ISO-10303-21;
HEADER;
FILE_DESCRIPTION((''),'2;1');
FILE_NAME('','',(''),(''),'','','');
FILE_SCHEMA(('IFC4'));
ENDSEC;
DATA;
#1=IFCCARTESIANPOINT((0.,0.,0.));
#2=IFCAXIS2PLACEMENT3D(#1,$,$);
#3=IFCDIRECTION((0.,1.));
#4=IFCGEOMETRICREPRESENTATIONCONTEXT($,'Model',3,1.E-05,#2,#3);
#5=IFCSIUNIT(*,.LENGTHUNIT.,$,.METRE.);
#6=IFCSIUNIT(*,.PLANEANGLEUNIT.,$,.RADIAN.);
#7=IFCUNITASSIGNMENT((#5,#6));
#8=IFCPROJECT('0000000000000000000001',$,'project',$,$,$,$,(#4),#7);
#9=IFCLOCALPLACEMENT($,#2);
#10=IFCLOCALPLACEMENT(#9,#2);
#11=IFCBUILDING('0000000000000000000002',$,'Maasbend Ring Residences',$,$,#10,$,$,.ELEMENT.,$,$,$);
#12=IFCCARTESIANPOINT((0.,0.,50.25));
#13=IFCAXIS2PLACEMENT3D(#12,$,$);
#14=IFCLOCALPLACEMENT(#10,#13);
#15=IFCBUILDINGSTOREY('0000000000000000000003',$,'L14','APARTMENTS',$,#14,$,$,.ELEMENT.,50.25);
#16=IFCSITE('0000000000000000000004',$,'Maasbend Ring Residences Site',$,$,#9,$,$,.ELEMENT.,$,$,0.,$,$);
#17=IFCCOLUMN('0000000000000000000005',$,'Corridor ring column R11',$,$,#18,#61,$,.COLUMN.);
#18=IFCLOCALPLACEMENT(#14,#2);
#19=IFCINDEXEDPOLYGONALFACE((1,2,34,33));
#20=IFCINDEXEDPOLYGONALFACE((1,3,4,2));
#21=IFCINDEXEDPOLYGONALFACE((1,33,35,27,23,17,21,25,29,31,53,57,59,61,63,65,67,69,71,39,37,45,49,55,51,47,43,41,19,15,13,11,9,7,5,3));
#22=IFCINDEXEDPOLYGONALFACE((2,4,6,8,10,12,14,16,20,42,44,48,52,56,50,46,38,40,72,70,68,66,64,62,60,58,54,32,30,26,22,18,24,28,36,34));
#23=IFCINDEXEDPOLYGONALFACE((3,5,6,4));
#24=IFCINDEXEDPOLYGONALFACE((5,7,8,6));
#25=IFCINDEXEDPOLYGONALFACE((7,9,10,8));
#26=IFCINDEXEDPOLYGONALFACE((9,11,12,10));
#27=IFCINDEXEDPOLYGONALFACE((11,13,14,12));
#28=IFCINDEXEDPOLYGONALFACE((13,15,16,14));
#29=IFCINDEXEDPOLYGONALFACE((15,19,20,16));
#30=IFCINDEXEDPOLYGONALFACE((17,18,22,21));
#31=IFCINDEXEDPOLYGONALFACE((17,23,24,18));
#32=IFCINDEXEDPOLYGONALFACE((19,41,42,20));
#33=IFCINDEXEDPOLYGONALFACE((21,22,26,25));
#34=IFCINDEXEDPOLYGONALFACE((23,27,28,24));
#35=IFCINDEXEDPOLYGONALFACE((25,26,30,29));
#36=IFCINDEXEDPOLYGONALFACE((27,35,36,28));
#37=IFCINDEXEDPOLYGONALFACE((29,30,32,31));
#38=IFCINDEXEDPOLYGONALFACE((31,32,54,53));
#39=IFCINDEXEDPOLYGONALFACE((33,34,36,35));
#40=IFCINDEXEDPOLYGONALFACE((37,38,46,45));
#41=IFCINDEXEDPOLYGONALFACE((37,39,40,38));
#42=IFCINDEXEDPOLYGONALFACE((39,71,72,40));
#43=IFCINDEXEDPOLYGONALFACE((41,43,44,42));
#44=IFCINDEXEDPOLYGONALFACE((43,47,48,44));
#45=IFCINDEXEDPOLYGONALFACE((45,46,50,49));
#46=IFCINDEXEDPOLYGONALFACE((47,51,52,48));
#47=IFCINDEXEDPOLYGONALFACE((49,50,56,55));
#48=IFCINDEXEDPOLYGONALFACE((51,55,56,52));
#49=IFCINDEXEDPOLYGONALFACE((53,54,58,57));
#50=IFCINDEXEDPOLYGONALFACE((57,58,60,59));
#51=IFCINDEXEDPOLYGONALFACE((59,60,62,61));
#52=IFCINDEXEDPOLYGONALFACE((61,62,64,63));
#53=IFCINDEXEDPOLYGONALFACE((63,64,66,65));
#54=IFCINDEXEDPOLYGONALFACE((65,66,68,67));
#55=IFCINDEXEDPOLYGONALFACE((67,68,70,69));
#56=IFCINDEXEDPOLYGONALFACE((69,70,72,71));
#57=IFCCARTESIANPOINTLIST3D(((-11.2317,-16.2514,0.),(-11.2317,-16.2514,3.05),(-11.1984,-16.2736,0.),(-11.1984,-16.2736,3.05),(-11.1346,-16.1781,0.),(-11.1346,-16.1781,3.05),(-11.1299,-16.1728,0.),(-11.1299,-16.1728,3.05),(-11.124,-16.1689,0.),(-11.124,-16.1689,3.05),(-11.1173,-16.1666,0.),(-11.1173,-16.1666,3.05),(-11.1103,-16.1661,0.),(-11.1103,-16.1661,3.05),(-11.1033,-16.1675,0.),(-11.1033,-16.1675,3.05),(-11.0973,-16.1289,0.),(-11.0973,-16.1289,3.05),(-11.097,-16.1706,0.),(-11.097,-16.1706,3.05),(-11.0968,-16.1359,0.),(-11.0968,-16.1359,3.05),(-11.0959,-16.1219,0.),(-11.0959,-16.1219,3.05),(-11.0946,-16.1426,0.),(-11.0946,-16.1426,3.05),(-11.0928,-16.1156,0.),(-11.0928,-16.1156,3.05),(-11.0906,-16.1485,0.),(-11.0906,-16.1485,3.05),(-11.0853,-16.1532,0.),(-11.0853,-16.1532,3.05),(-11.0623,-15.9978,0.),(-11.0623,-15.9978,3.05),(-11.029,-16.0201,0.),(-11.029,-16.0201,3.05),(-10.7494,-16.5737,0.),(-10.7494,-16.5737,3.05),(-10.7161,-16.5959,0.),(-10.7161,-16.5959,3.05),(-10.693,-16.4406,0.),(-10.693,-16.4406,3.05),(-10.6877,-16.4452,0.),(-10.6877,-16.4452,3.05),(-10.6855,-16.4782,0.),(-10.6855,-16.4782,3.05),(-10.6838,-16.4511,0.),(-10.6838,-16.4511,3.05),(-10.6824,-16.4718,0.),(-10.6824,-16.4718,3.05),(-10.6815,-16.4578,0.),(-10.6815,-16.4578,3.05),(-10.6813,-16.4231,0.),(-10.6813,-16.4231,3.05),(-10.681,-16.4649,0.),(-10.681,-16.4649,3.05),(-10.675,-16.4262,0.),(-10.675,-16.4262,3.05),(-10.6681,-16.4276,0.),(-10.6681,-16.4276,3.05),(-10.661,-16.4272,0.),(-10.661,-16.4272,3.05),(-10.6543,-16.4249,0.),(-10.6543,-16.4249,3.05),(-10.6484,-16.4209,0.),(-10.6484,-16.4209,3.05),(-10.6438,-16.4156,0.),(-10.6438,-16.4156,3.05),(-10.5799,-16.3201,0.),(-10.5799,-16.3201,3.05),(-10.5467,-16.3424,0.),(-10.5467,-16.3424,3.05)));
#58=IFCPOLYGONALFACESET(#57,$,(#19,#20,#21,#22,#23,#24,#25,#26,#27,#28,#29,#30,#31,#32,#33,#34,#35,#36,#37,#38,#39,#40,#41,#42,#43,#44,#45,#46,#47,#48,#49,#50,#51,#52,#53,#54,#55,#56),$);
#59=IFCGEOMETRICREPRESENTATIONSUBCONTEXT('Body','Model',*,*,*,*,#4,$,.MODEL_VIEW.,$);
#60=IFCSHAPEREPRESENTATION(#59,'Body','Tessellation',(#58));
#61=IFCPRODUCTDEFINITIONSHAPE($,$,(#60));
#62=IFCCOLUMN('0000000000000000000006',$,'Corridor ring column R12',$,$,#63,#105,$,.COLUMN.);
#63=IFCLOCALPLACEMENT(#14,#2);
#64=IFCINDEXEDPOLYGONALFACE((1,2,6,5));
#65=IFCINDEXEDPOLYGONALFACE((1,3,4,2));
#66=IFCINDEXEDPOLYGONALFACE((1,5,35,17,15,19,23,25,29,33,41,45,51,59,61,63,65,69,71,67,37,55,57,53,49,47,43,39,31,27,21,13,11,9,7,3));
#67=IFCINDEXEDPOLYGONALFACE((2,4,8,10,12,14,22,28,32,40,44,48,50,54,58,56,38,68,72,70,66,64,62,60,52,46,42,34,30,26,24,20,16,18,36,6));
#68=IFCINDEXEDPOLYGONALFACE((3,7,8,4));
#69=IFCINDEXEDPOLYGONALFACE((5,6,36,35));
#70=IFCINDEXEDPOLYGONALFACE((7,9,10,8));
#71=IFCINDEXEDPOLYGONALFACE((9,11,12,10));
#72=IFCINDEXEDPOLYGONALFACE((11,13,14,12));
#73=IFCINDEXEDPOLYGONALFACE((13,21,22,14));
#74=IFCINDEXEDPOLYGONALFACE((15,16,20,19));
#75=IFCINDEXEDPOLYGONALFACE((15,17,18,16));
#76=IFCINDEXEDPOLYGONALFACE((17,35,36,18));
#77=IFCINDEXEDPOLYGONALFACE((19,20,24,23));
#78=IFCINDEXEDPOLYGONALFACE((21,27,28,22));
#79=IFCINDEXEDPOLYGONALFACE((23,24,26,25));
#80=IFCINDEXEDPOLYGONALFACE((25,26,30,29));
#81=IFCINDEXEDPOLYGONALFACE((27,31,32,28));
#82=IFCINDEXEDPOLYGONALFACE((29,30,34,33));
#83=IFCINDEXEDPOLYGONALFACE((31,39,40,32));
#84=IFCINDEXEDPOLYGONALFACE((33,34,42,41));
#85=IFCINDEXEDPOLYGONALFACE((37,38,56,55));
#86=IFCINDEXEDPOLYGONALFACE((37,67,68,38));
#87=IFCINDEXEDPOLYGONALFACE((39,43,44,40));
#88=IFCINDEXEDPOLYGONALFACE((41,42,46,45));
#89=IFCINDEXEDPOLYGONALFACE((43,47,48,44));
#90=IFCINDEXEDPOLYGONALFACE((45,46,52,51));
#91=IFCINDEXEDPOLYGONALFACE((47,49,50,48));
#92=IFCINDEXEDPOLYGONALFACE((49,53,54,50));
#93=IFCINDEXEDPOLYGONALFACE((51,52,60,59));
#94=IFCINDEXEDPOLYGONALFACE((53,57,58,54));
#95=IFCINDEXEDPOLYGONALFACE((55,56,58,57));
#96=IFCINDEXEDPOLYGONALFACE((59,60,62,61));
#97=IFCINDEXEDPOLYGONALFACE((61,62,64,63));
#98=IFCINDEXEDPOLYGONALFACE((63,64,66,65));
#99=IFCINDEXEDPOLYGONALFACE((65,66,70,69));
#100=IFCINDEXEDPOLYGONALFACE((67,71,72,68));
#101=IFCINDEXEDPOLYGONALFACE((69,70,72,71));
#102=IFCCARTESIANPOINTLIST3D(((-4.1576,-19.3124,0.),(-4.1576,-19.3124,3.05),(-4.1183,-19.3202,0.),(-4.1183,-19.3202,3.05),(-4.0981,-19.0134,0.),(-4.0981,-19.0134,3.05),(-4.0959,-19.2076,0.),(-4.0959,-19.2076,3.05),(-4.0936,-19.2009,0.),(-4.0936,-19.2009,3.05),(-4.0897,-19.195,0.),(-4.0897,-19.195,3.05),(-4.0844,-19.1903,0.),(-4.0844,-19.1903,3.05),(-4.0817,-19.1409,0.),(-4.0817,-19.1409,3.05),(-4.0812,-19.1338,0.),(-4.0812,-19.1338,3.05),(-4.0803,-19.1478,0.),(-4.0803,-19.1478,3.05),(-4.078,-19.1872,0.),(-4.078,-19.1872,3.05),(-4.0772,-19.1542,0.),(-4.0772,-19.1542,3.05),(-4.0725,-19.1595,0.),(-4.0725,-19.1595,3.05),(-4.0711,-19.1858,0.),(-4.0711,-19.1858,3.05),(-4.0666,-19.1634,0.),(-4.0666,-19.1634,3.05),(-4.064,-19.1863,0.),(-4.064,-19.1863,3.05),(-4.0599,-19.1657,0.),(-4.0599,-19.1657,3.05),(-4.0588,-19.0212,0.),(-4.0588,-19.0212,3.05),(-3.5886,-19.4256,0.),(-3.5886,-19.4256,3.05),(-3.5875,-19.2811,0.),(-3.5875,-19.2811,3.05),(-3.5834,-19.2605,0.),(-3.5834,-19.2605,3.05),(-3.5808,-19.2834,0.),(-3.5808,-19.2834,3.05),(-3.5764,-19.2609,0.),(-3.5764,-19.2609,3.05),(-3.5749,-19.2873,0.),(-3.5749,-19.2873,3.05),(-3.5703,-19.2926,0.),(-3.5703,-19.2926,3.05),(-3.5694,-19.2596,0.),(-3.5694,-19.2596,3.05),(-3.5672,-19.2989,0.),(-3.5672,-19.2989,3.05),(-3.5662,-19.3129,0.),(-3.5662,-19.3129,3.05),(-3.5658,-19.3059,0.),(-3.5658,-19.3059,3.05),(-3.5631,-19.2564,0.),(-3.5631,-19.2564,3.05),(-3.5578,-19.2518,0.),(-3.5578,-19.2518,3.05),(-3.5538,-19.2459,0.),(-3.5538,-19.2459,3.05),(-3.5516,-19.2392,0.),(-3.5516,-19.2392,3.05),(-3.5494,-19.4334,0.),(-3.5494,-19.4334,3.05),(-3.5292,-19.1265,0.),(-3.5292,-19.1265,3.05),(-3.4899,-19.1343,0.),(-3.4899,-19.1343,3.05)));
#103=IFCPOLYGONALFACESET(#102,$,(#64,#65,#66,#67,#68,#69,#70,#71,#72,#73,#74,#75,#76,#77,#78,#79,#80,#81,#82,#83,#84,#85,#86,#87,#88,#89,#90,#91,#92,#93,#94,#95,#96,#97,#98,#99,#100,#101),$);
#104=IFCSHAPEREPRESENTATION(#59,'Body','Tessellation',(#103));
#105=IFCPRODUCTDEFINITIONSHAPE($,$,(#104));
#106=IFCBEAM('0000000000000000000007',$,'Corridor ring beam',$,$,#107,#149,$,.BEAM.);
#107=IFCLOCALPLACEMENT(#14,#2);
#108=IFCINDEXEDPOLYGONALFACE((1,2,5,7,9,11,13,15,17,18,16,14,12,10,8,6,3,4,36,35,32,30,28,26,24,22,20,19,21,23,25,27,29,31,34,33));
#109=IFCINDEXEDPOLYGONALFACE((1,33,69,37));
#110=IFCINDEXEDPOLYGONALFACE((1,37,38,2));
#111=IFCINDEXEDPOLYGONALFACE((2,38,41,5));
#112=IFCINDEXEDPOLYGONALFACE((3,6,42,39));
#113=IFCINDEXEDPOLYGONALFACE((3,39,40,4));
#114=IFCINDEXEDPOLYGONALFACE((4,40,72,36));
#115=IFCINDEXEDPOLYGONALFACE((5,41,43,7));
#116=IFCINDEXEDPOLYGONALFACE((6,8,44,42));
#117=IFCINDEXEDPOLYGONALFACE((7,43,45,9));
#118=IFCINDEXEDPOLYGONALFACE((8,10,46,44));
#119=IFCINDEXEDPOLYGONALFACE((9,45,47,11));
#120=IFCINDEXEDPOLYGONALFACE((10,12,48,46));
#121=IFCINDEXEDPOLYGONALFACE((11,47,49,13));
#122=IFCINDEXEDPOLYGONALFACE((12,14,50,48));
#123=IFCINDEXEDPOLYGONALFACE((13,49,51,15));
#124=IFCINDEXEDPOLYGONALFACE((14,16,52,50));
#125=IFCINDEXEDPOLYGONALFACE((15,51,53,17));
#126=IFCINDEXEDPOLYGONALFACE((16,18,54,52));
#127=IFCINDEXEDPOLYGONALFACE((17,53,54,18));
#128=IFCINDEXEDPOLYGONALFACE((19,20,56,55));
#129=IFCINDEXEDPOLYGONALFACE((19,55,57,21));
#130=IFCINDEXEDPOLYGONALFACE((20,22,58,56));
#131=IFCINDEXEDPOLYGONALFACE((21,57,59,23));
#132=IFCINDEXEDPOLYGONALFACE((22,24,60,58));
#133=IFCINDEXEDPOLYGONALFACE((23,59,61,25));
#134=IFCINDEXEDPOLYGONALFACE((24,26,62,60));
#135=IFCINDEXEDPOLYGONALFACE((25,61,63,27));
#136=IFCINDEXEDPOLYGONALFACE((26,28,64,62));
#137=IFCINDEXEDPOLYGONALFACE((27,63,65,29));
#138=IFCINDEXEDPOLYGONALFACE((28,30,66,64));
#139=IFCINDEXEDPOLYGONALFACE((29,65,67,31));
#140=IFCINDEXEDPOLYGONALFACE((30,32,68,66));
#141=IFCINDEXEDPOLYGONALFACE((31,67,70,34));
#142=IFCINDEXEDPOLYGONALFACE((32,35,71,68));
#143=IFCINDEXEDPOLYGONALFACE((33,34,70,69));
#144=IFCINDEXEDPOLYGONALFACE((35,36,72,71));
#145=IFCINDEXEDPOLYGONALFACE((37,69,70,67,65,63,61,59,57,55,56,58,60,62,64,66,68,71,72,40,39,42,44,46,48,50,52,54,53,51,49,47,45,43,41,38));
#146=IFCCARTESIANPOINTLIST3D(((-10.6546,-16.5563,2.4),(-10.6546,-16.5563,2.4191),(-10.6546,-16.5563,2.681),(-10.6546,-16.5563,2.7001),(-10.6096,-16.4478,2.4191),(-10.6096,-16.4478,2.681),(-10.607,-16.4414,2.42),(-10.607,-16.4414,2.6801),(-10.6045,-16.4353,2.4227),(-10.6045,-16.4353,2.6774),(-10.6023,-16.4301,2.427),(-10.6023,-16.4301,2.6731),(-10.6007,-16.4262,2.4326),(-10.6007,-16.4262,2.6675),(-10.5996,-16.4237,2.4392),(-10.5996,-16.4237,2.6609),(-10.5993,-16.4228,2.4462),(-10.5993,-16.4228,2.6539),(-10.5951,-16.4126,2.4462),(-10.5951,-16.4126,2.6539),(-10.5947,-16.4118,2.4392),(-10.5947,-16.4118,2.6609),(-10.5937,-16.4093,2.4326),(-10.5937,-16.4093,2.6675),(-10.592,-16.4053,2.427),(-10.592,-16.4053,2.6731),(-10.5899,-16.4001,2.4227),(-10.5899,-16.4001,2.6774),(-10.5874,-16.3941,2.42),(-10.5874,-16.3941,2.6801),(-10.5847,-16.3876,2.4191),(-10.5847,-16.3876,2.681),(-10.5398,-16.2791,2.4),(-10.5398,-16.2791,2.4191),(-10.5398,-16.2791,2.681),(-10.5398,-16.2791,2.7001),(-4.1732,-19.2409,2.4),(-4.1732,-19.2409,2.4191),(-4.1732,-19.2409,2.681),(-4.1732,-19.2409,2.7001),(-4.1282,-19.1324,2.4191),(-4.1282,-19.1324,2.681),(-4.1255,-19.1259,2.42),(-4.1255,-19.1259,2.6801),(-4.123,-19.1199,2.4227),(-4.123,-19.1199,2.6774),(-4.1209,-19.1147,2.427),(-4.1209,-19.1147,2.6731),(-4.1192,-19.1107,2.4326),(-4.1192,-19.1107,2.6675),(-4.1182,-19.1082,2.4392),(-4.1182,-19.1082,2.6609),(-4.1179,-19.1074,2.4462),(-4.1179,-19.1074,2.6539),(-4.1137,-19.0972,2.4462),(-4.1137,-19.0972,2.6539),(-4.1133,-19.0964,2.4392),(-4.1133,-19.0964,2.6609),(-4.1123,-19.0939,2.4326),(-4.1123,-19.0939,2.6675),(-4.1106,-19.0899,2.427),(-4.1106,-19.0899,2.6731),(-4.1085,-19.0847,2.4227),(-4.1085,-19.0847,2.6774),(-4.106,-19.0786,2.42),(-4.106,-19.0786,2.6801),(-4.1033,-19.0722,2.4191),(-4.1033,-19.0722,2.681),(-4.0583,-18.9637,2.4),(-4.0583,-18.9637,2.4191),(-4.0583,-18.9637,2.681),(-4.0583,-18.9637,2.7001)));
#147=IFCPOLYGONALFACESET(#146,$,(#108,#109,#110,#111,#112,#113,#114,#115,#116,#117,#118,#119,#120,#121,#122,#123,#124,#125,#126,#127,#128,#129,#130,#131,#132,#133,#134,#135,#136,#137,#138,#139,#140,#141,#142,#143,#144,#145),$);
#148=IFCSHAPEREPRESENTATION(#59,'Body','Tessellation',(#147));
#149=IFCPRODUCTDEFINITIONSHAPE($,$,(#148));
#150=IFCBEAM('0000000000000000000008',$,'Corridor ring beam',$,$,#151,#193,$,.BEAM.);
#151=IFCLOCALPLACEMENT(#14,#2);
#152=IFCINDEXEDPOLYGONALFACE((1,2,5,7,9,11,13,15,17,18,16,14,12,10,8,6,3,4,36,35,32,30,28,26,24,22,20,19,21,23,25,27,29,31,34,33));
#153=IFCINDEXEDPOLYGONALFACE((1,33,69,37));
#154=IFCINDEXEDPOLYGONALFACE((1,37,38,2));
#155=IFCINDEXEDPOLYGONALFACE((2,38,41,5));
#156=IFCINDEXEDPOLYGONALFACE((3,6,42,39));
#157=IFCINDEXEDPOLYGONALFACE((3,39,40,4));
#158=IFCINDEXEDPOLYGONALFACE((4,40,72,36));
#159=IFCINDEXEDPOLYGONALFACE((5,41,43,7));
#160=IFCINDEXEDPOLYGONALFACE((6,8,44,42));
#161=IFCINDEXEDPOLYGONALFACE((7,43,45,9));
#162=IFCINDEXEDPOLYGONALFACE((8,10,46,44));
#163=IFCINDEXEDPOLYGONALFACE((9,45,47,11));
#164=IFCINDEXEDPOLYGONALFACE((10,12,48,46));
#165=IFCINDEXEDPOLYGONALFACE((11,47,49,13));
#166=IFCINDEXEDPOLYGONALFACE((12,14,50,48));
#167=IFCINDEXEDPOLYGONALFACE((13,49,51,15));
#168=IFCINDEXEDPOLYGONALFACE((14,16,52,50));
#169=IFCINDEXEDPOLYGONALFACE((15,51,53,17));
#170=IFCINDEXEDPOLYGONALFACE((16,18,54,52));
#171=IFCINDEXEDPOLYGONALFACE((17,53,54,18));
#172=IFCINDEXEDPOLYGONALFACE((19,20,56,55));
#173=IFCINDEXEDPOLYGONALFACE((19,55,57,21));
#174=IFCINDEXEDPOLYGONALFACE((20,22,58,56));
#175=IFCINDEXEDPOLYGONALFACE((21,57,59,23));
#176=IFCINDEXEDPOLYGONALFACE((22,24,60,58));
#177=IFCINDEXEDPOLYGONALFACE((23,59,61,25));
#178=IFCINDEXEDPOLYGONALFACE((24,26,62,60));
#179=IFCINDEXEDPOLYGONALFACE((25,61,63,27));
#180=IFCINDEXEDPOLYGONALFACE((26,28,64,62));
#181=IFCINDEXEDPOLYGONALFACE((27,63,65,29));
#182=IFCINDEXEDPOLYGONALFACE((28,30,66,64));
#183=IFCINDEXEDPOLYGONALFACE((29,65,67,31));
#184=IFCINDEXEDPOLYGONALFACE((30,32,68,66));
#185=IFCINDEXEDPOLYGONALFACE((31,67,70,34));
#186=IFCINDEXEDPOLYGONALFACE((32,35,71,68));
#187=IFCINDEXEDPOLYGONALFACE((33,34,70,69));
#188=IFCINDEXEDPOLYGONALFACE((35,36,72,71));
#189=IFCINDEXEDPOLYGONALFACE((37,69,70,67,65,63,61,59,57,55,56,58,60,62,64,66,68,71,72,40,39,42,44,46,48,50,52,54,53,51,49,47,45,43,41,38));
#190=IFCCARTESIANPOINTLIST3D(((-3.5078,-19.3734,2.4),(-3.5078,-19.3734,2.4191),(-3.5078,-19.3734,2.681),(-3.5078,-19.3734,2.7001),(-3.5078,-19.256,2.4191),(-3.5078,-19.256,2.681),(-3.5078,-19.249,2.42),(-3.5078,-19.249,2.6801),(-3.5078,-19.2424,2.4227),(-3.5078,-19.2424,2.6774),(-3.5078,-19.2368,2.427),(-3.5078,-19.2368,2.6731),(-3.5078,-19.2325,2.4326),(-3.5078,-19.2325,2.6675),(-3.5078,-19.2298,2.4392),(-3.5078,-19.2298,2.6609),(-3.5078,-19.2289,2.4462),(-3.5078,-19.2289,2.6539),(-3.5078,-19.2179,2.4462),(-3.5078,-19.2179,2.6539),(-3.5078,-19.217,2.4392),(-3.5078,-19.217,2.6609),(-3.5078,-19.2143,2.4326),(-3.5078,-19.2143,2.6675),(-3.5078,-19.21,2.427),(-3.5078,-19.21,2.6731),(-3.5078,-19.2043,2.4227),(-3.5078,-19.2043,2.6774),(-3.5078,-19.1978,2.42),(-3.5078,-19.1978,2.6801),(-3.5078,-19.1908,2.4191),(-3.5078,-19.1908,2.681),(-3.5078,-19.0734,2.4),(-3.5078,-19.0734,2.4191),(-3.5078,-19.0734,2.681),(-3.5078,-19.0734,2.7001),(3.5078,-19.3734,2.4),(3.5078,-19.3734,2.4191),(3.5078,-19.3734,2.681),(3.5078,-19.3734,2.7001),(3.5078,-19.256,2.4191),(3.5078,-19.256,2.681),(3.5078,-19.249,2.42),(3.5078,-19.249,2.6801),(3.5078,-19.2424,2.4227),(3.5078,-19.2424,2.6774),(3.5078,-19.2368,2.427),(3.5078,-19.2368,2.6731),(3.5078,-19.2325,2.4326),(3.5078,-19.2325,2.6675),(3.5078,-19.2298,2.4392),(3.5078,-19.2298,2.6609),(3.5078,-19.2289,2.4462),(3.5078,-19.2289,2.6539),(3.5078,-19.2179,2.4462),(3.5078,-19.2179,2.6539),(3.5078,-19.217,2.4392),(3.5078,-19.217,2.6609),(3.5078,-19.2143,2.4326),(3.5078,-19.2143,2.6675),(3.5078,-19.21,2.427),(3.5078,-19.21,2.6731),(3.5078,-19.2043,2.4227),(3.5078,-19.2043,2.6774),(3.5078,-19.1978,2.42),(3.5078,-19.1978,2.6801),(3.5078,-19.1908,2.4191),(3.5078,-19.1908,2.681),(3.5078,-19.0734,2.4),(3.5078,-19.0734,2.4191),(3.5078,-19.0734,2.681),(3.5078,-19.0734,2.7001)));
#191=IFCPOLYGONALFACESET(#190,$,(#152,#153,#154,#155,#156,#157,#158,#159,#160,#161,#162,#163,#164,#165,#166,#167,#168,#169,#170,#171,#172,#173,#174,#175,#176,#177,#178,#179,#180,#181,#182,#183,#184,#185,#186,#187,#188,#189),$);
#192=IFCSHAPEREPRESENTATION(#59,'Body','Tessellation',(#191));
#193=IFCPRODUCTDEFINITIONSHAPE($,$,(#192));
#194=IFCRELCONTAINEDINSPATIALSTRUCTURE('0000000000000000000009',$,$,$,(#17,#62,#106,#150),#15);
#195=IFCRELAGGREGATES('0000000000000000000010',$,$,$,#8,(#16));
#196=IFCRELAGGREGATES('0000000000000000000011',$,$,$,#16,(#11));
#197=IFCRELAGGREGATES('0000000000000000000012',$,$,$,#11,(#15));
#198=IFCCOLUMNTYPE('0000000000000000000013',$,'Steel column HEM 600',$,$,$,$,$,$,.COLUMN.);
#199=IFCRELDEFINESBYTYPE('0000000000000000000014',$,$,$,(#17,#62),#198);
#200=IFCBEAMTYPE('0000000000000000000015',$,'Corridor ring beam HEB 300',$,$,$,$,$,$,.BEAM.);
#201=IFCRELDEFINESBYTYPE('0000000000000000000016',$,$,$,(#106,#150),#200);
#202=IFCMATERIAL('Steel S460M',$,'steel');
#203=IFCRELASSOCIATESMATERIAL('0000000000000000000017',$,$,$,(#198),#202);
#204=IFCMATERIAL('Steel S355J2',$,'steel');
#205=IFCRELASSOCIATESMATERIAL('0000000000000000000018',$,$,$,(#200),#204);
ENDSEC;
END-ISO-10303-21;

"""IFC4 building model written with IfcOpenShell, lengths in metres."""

from ifc_helpers import new_model, si_unit, direction, frame, origin, origin_2d, place, context, subcontext, project, spatial, i_section, extrude, material, material_profile, profile_set, type_object, element, save


model = new_model("IFC4")

# Units and contexts
model_context = context("Model", 3, precision=1e-05, world=origin(), true_north=direction((0.0, 1.0)))
body_context = subcontext(model_context, "Body", "Model", "MODEL_VIEW")
ifc_project = project(units=[si_unit("LENGTHUNIT", "METRE"), si_unit("PLANEANGLEUNIT", "RADIAN")], contexts=[model_context])

# Site, building, storey
site_placement = place(None, origin())
site = spatial("IfcSite", under=ifc_project, at=site_placement, Name="Maasbend Ring Residences Site", CompositionType="ELEMENT", RefElevation=0.0)
building_placement = place(site_placement, origin())
building = spatial("IfcBuilding", under=site, at=building_placement, Name="Maasbend Ring Residences", CompositionType="ELEMENT")
storey_placement = place(building_placement, frame((0.0, 0.0, 50.25)))
storey = spatial("IfcBuildingStorey", under=building, at=storey_placement, Name="L14", Description="APARTMENTS", CompositionType="ELEMENT", Elevation=50.25)

# Columns
ifc_material_1 = material(Name="Steel S460M", Category="steel")
ifc_material_profile_1 = material_profile(ifc_material_1, i_section(OverallWidth=0.3049, OverallDepth=0.6201, WebThickness=0.021, FlangeThickness=0.04, FilletRadius=0.0271, at=origin_2d()), Name="HEM 600")
ifc_profile_set_1 = profile_set([ifc_material_profile_1], Name="Steel S460M")
column_type = type_object("IfcColumnType", Name="Steel column HEM 600", PredefinedType="COLUMN", material=ifc_profile_set_1)
for number, where, z_axis, x_axis, name in (
    (1, (-10.8892, -16.2969, 0.0), (0.0, 0.0, 1.0), (-0.55557, -0.83147, 0.0), "Corridor ring column R11"),
    (2, (-3.8237, -19.2234, 0.0), (0.0, 0.0, 1.0), (-0.19509, -0.980785, 0.0), "Corridor ring column R12"),
):
    element("IfcColumn", number, at=place(storey_placement, frame(where, z_axis=z_axis, x_axis=x_axis)), inside=storey, type_object=column_type, Name=name, PredefinedType="COLUMN", context=body_context, shape_type="SweptSolid", body=[
        extrude(i_section(OverallWidth=0.3049, OverallDepth=0.6201, WebThickness=0.021, FlangeThickness=0.04, FilletRadius=0.0271, at=origin_2d()), origin(), (0.0, 0.0, 1.0), 3.05),
    ])

# Beams
ifc_material_2 = material(Name="Steel S355J2", Category="steel")
ifc_material_profile_2 = material_profile(ifc_material_2, i_section(OverallWidth=0.3, OverallDepth=0.3, WebThickness=0.011, FlangeThickness=0.019, FilletRadius=0.0271, at=origin_2d()), Name="HEB 300")
ifc_profile_set_2 = profile_set([ifc_material_profile_2], Name="Steel S355J2")
beam_type = type_object("IfcBeamType", Name="Corridor ring beam HEB 300", PredefinedType="BEAM", material=ifc_profile_set_2)
beam_1_placement = place(storey_placement, frame((-10.5972, -16.4177, 2.55), z_axis=(0.923886, -0.382667, 0.0), x_axis=(0.382667, 0.923886, 0.0)))
element("IfcBeam", 3, at=beam_1_placement, inside=storey, type_object=beam_type, Name="Corridor ring beam", PredefinedType="BEAM", context=body_context, shape_type="SweptSolid", body=[
    extrude(i_section(OverallWidth=0.3, OverallDepth=0.3, WebThickness=0.011, FlangeThickness=0.019, FilletRadius=0.0271, at=origin_2d()), origin(), (0.0, 0.0, 1.0), 7.0154),
])
beam_2_placement = place(storey_placement, frame((-3.5078, -19.2234, 2.55), z_axis=(1.0, 0.0, 0.0), x_axis=(0.0, 1.0, 0.0)))
element("IfcBeam", 4, at=beam_2_placement, inside=storey, type_object=beam_type, Name="Corridor ring beam", PredefinedType="BEAM", context=body_context, shape_type="SweptSolid", body=[
    extrude(i_section(OverallWidth=0.3, OverallDepth=0.3, WebThickness=0.011, FlangeThickness=0.019, FilletRadius=0.0271, at=origin_2d()), origin(), (0.0, 0.0, 1.0), 7.0156),
])

save(model, "model.ifc")
